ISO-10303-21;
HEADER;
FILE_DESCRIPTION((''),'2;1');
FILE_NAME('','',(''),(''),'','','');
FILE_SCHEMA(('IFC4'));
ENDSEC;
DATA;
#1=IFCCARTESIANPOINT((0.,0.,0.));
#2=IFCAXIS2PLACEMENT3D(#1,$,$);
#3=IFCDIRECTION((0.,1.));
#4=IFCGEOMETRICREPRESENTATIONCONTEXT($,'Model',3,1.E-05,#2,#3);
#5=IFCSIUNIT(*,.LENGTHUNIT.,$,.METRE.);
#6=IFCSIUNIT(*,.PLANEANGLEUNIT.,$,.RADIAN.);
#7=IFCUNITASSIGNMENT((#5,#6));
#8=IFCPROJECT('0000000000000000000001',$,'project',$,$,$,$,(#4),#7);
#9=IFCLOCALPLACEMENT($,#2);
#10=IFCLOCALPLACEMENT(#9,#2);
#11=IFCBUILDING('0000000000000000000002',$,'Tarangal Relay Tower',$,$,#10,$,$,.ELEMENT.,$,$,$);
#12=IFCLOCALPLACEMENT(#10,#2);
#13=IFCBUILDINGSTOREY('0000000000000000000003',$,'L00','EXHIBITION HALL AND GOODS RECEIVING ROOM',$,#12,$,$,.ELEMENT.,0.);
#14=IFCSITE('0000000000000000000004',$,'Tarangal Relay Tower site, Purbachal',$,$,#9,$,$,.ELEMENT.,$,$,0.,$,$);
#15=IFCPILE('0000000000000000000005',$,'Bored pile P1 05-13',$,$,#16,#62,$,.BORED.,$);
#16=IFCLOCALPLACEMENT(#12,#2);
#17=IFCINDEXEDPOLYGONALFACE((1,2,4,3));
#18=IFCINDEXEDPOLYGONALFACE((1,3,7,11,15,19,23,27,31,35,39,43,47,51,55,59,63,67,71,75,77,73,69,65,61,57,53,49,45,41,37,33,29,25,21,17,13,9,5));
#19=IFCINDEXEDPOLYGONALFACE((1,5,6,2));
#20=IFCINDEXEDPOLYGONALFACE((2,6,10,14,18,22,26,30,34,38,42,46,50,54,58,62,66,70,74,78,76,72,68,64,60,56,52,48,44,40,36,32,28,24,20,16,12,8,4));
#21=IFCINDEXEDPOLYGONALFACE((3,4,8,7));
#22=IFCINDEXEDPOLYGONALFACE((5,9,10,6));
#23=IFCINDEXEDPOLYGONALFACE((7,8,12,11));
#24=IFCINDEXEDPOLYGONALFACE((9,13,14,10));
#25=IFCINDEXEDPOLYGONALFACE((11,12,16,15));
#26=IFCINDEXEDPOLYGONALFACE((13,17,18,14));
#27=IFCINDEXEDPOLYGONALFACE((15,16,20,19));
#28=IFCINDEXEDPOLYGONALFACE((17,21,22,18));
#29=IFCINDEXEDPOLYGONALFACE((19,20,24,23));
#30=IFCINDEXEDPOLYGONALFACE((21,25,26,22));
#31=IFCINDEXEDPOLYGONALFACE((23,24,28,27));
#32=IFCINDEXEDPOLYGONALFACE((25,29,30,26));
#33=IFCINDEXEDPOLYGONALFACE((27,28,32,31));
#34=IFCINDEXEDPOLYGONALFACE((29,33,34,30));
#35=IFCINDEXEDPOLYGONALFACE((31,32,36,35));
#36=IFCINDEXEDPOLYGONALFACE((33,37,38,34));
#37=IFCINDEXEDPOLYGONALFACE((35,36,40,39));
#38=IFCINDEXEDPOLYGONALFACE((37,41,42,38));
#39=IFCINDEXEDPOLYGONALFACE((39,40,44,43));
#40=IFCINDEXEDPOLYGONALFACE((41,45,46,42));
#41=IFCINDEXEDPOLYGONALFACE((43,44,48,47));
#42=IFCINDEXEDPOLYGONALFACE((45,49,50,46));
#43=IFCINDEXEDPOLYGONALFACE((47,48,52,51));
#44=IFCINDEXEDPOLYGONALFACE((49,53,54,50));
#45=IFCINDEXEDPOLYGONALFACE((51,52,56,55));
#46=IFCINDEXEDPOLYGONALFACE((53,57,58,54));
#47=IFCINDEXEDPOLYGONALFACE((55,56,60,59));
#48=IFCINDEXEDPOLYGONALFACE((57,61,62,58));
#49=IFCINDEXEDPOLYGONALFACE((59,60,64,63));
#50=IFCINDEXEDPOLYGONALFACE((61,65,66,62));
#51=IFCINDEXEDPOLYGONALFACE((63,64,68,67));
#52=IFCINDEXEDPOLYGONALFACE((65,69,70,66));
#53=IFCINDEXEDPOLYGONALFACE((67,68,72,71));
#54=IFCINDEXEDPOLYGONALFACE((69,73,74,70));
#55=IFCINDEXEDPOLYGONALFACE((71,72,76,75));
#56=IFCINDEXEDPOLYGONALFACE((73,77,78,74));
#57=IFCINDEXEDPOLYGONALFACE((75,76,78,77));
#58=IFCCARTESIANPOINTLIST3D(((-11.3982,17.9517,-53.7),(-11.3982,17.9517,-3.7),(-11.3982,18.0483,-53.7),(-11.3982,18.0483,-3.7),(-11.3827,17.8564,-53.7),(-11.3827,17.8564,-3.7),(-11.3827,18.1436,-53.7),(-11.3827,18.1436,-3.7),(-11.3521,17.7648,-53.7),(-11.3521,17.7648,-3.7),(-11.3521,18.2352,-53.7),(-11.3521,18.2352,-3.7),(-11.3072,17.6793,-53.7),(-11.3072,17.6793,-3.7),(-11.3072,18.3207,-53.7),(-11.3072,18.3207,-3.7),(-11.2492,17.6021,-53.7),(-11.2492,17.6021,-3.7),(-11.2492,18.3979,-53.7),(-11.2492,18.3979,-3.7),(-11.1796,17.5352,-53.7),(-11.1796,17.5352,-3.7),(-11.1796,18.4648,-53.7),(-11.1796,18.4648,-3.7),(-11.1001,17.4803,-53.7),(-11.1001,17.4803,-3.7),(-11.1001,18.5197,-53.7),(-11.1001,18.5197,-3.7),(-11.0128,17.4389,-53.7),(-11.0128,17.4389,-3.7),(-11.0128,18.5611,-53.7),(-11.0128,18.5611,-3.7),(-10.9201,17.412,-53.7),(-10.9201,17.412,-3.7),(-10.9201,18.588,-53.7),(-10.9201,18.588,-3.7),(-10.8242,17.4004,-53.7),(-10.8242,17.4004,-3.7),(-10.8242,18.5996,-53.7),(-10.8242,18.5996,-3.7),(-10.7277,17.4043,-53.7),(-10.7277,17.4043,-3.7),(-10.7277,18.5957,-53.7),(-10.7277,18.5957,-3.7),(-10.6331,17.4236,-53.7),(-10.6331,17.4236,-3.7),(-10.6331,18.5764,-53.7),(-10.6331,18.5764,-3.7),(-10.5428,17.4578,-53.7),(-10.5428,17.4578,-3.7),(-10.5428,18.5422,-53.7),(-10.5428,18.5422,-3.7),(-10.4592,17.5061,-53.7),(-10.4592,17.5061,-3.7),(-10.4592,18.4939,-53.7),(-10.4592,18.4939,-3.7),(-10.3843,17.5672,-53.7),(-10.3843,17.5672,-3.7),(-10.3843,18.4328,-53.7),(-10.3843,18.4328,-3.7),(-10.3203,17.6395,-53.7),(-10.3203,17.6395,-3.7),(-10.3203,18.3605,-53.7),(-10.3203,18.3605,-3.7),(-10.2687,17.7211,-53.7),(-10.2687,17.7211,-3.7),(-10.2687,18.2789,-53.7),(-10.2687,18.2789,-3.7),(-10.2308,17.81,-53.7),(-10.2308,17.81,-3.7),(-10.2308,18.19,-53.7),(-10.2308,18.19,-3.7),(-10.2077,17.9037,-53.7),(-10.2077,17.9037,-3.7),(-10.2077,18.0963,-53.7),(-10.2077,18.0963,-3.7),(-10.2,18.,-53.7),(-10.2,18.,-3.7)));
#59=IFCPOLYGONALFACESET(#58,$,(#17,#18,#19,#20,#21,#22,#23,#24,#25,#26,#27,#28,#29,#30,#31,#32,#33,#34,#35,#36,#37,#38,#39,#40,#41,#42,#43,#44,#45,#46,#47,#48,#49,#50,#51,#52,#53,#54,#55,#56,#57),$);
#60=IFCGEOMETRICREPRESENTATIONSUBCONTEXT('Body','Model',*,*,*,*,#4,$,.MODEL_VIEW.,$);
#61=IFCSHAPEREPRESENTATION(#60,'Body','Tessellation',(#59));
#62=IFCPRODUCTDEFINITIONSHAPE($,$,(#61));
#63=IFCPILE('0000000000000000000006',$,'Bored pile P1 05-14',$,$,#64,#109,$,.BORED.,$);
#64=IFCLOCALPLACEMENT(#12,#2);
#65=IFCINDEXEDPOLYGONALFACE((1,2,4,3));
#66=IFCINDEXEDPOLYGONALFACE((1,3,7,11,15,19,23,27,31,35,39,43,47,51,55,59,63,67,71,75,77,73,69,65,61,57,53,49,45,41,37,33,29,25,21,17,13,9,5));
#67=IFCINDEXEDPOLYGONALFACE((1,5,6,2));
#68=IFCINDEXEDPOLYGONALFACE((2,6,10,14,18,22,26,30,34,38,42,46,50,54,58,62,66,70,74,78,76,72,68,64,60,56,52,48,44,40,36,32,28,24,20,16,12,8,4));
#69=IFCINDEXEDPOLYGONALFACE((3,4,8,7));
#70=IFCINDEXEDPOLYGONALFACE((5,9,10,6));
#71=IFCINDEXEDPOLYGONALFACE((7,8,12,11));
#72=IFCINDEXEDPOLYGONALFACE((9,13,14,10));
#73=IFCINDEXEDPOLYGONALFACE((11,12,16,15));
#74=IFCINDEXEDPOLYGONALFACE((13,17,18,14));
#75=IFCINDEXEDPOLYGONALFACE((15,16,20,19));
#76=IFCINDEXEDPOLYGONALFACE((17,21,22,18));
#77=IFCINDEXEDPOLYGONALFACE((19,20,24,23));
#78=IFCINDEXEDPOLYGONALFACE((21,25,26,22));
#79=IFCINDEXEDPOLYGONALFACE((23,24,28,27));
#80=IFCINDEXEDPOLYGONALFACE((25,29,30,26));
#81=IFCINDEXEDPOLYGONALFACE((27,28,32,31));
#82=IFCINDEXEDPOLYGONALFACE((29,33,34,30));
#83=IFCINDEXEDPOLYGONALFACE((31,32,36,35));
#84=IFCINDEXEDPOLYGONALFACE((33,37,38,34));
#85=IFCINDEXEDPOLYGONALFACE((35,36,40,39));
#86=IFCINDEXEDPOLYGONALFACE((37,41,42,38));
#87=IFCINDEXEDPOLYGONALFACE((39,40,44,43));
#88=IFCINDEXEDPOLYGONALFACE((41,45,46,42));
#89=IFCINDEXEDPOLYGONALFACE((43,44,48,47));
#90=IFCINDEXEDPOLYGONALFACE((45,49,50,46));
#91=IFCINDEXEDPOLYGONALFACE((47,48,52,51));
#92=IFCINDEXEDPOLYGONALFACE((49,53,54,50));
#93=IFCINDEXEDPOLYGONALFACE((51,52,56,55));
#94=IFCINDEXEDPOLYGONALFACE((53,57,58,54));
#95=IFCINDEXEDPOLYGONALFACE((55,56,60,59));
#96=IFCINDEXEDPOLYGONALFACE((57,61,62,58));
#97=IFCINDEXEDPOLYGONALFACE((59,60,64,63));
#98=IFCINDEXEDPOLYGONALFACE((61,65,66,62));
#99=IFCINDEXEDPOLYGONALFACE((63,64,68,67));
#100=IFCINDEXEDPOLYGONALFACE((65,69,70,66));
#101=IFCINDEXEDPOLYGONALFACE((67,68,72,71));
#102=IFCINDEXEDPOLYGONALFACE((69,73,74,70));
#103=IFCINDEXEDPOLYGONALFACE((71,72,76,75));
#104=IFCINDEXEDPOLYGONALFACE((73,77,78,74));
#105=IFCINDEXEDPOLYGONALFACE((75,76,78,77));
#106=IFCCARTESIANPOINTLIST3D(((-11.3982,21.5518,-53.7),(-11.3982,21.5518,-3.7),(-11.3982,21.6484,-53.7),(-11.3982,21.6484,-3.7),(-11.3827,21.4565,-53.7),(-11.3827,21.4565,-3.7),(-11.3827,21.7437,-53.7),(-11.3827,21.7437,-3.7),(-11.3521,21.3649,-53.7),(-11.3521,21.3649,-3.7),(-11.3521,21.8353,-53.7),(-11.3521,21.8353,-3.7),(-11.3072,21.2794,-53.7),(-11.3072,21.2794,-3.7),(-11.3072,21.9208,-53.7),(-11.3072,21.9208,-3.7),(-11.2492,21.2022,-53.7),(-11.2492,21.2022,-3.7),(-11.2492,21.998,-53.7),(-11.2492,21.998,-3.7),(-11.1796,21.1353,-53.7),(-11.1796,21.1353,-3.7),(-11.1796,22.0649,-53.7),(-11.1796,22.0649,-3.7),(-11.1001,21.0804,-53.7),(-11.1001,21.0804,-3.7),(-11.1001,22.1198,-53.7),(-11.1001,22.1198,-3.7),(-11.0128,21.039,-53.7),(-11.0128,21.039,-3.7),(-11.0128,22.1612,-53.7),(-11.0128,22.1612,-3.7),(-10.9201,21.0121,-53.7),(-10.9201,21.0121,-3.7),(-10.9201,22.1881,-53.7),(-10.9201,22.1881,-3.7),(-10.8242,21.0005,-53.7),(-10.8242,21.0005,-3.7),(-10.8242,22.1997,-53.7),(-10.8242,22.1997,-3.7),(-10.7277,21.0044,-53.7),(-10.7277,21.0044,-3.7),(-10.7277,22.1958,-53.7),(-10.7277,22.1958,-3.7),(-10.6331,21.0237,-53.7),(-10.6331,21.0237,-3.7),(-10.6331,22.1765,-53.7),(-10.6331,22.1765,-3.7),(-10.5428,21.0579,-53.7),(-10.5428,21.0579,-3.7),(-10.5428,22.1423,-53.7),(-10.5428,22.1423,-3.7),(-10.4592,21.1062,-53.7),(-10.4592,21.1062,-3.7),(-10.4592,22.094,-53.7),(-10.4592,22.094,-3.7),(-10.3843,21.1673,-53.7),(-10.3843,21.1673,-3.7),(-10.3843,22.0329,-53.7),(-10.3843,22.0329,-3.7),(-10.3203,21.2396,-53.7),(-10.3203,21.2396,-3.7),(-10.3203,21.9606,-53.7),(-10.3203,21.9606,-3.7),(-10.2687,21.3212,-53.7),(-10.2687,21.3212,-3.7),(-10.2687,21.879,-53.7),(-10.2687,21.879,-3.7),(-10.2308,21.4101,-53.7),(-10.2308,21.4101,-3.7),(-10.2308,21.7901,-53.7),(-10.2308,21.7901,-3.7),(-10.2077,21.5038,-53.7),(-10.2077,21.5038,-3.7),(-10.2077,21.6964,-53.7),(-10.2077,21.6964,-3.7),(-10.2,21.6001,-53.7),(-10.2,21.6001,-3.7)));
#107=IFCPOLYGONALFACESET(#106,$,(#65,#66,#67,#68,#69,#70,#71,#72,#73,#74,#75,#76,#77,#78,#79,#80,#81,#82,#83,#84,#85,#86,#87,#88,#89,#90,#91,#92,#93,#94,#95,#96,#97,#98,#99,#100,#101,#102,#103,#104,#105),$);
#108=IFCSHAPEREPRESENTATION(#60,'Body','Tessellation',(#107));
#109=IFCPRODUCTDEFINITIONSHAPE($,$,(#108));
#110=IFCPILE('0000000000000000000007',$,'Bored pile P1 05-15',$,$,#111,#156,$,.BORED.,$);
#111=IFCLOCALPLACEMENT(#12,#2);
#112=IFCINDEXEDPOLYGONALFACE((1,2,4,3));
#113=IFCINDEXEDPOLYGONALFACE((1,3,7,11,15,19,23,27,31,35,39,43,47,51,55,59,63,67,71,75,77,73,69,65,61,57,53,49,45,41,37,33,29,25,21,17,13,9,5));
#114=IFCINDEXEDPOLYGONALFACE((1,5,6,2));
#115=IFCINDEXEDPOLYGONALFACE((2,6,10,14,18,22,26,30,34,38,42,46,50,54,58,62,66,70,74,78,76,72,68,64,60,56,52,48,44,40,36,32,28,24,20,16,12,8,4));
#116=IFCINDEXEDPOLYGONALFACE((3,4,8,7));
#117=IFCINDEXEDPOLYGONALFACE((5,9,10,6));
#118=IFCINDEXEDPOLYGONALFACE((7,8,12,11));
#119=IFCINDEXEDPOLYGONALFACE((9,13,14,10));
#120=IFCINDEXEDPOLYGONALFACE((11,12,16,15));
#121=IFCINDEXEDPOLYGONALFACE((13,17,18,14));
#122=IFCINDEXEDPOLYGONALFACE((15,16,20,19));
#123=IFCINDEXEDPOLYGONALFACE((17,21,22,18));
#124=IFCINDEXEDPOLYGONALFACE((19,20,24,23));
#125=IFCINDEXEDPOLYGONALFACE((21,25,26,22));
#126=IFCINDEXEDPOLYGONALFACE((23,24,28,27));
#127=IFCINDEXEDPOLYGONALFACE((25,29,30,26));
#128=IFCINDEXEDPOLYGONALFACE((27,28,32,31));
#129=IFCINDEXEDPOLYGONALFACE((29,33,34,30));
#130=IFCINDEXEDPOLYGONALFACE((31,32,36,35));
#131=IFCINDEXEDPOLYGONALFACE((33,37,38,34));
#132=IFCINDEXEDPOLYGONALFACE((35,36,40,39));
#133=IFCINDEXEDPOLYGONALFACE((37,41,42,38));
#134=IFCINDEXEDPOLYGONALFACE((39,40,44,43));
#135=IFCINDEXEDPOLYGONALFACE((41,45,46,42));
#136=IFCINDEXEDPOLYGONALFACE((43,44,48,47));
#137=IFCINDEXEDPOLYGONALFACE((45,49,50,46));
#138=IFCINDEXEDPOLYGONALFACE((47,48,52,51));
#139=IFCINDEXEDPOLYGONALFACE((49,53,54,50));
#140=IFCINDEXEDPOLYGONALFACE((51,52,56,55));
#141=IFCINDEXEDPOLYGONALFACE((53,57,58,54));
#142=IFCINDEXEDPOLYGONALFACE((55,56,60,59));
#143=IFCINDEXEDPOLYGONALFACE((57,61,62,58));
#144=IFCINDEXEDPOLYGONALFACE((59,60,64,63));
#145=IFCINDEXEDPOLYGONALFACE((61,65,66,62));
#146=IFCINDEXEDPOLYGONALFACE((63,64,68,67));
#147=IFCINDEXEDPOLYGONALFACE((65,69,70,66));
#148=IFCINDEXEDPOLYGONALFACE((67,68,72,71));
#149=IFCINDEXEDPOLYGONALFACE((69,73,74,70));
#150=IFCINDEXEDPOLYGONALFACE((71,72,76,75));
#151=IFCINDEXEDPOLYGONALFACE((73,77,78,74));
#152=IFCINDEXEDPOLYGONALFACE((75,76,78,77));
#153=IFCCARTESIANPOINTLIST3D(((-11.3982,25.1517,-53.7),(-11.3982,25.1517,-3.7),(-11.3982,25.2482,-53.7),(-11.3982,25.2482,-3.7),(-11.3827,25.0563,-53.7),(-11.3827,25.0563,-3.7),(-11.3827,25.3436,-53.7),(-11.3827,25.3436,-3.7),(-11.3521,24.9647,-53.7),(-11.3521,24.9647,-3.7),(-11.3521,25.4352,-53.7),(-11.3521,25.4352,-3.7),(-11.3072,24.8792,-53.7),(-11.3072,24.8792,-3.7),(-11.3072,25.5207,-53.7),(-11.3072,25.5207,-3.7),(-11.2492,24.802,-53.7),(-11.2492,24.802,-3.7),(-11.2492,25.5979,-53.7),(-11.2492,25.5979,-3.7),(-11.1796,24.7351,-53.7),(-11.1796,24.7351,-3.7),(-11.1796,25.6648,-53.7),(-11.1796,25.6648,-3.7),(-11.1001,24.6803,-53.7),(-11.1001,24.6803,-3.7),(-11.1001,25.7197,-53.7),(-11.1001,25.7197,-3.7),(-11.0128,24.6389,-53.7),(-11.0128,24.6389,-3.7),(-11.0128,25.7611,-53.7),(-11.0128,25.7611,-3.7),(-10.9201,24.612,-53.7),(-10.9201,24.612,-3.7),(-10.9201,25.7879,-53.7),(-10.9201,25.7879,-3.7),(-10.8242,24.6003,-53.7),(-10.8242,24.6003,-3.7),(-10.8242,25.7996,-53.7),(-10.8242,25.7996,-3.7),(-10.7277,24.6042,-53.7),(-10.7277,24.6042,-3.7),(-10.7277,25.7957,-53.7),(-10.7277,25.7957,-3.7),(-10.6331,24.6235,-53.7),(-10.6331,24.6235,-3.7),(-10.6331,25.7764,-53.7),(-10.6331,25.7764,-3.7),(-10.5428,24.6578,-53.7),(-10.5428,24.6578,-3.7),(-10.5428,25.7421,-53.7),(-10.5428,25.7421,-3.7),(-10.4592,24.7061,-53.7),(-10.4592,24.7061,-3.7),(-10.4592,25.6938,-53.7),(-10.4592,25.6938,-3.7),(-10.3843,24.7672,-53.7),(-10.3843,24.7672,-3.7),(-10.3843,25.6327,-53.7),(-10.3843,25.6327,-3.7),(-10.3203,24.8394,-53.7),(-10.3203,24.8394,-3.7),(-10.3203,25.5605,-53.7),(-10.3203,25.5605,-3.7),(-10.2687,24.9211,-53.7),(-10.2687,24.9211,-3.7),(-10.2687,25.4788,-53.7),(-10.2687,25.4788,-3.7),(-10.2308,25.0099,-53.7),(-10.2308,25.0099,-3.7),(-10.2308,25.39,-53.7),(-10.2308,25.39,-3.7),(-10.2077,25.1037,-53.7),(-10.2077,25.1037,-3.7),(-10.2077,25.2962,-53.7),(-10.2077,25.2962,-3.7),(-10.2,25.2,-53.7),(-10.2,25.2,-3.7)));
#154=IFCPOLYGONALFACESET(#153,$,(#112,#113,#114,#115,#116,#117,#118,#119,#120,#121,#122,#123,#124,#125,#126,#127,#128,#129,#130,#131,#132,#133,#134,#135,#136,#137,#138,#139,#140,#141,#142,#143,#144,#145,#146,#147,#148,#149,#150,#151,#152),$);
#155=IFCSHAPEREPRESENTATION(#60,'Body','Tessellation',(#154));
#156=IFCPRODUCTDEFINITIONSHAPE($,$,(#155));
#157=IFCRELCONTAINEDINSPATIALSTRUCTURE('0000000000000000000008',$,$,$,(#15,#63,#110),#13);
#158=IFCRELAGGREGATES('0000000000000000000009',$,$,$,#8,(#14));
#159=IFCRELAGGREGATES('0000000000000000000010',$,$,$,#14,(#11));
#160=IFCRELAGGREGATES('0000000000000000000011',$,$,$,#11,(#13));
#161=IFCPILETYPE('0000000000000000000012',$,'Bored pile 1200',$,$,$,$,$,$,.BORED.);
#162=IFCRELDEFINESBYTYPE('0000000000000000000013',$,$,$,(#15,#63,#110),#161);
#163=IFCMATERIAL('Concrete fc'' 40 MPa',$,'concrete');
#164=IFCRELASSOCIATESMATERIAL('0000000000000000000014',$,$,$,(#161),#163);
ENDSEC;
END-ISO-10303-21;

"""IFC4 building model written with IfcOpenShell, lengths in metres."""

from ifc_helpers import new_model, si_unit, direction, frame, origin, origin_2d, place, context, subcontext, project, spatial, circle, extrude, material, material_profile, profile_set, type_object, element, save


model = new_model("IFC4")

# Units and contexts
model_context = context("Model", 3, precision=1e-05, world=origin(), true_north=direction((0.0, 1.0)))
body_context = subcontext(model_context, "Body", "Model", "MODEL_VIEW")
ifc_project = project(units=[si_unit("LENGTHUNIT", "METRE"), si_unit("PLANEANGLEUNIT", "RADIAN")], contexts=[model_context])

# Site, building, storey
site_placement = place(None, origin())
site = spatial("IfcSite", under=ifc_project, at=site_placement, Name="Tarangal Relay Tower site, Purbachal", CompositionType="ELEMENT", RefElevation=0.0)
building_placement = place(site_placement, origin())
building = spatial("IfcBuilding", under=site, at=building_placement, Name="Tarangal Relay Tower", CompositionType="ELEMENT")
storey_placement = place(building_placement, origin())
storey = spatial("IfcBuildingStorey", under=building, at=storey_placement, Name="L00", Description="EXHIBITION HALL AND GOODS RECEIVING ROOM", CompositionType="ELEMENT", Elevation=0.0)

# Piles
ifc_material_1 = material(Name="Concrete fc' 40 MPa", Category="concrete")
ifc_material_profile = material_profile(ifc_material_1, circle(Radius=0.6001, at=origin_2d()), Name="D1200")
ifc_profile_set = profile_set([ifc_material_profile], Name="Concrete fc' 40 MPa")
pile_type = type_object("IfcPileType", Name="Bored pile 1200", PredefinedType="BORED", material=ifc_profile_set)
for number, where, z_axis, x_axis, name in (
    (1, (-10.8, 18.0, -3.7), (0.0, 0.0, -1.0), (1.0, 0.0, 0.0), "Bored pile P1 05-13"),
    (2, (-10.8, 21.6001, -3.7), (0.0, 0.0, -1.0), (1.0, 0.0, 0.0), "Bored pile P1 05-14"),
    (3, (-10.8, 25.2, -3.7), (0.0, 0.0, -1.0), (1.0, 0.0, 0.0), "Bored pile P1 05-15"),
):
    element("IfcPile", number, at=place(storey_placement, frame(where, z_axis=z_axis, x_axis=x_axis)), inside=storey, type_object=pile_type, Name=name, PredefinedType="BORED", context=body_context, shape_type="SweptSolid", body=[
        extrude(circle(Radius=0.6001, at=origin_2d()), origin(), (0.0, 0.0, 1.0), 50.0),
    ])

save(model, "model.ifc")
